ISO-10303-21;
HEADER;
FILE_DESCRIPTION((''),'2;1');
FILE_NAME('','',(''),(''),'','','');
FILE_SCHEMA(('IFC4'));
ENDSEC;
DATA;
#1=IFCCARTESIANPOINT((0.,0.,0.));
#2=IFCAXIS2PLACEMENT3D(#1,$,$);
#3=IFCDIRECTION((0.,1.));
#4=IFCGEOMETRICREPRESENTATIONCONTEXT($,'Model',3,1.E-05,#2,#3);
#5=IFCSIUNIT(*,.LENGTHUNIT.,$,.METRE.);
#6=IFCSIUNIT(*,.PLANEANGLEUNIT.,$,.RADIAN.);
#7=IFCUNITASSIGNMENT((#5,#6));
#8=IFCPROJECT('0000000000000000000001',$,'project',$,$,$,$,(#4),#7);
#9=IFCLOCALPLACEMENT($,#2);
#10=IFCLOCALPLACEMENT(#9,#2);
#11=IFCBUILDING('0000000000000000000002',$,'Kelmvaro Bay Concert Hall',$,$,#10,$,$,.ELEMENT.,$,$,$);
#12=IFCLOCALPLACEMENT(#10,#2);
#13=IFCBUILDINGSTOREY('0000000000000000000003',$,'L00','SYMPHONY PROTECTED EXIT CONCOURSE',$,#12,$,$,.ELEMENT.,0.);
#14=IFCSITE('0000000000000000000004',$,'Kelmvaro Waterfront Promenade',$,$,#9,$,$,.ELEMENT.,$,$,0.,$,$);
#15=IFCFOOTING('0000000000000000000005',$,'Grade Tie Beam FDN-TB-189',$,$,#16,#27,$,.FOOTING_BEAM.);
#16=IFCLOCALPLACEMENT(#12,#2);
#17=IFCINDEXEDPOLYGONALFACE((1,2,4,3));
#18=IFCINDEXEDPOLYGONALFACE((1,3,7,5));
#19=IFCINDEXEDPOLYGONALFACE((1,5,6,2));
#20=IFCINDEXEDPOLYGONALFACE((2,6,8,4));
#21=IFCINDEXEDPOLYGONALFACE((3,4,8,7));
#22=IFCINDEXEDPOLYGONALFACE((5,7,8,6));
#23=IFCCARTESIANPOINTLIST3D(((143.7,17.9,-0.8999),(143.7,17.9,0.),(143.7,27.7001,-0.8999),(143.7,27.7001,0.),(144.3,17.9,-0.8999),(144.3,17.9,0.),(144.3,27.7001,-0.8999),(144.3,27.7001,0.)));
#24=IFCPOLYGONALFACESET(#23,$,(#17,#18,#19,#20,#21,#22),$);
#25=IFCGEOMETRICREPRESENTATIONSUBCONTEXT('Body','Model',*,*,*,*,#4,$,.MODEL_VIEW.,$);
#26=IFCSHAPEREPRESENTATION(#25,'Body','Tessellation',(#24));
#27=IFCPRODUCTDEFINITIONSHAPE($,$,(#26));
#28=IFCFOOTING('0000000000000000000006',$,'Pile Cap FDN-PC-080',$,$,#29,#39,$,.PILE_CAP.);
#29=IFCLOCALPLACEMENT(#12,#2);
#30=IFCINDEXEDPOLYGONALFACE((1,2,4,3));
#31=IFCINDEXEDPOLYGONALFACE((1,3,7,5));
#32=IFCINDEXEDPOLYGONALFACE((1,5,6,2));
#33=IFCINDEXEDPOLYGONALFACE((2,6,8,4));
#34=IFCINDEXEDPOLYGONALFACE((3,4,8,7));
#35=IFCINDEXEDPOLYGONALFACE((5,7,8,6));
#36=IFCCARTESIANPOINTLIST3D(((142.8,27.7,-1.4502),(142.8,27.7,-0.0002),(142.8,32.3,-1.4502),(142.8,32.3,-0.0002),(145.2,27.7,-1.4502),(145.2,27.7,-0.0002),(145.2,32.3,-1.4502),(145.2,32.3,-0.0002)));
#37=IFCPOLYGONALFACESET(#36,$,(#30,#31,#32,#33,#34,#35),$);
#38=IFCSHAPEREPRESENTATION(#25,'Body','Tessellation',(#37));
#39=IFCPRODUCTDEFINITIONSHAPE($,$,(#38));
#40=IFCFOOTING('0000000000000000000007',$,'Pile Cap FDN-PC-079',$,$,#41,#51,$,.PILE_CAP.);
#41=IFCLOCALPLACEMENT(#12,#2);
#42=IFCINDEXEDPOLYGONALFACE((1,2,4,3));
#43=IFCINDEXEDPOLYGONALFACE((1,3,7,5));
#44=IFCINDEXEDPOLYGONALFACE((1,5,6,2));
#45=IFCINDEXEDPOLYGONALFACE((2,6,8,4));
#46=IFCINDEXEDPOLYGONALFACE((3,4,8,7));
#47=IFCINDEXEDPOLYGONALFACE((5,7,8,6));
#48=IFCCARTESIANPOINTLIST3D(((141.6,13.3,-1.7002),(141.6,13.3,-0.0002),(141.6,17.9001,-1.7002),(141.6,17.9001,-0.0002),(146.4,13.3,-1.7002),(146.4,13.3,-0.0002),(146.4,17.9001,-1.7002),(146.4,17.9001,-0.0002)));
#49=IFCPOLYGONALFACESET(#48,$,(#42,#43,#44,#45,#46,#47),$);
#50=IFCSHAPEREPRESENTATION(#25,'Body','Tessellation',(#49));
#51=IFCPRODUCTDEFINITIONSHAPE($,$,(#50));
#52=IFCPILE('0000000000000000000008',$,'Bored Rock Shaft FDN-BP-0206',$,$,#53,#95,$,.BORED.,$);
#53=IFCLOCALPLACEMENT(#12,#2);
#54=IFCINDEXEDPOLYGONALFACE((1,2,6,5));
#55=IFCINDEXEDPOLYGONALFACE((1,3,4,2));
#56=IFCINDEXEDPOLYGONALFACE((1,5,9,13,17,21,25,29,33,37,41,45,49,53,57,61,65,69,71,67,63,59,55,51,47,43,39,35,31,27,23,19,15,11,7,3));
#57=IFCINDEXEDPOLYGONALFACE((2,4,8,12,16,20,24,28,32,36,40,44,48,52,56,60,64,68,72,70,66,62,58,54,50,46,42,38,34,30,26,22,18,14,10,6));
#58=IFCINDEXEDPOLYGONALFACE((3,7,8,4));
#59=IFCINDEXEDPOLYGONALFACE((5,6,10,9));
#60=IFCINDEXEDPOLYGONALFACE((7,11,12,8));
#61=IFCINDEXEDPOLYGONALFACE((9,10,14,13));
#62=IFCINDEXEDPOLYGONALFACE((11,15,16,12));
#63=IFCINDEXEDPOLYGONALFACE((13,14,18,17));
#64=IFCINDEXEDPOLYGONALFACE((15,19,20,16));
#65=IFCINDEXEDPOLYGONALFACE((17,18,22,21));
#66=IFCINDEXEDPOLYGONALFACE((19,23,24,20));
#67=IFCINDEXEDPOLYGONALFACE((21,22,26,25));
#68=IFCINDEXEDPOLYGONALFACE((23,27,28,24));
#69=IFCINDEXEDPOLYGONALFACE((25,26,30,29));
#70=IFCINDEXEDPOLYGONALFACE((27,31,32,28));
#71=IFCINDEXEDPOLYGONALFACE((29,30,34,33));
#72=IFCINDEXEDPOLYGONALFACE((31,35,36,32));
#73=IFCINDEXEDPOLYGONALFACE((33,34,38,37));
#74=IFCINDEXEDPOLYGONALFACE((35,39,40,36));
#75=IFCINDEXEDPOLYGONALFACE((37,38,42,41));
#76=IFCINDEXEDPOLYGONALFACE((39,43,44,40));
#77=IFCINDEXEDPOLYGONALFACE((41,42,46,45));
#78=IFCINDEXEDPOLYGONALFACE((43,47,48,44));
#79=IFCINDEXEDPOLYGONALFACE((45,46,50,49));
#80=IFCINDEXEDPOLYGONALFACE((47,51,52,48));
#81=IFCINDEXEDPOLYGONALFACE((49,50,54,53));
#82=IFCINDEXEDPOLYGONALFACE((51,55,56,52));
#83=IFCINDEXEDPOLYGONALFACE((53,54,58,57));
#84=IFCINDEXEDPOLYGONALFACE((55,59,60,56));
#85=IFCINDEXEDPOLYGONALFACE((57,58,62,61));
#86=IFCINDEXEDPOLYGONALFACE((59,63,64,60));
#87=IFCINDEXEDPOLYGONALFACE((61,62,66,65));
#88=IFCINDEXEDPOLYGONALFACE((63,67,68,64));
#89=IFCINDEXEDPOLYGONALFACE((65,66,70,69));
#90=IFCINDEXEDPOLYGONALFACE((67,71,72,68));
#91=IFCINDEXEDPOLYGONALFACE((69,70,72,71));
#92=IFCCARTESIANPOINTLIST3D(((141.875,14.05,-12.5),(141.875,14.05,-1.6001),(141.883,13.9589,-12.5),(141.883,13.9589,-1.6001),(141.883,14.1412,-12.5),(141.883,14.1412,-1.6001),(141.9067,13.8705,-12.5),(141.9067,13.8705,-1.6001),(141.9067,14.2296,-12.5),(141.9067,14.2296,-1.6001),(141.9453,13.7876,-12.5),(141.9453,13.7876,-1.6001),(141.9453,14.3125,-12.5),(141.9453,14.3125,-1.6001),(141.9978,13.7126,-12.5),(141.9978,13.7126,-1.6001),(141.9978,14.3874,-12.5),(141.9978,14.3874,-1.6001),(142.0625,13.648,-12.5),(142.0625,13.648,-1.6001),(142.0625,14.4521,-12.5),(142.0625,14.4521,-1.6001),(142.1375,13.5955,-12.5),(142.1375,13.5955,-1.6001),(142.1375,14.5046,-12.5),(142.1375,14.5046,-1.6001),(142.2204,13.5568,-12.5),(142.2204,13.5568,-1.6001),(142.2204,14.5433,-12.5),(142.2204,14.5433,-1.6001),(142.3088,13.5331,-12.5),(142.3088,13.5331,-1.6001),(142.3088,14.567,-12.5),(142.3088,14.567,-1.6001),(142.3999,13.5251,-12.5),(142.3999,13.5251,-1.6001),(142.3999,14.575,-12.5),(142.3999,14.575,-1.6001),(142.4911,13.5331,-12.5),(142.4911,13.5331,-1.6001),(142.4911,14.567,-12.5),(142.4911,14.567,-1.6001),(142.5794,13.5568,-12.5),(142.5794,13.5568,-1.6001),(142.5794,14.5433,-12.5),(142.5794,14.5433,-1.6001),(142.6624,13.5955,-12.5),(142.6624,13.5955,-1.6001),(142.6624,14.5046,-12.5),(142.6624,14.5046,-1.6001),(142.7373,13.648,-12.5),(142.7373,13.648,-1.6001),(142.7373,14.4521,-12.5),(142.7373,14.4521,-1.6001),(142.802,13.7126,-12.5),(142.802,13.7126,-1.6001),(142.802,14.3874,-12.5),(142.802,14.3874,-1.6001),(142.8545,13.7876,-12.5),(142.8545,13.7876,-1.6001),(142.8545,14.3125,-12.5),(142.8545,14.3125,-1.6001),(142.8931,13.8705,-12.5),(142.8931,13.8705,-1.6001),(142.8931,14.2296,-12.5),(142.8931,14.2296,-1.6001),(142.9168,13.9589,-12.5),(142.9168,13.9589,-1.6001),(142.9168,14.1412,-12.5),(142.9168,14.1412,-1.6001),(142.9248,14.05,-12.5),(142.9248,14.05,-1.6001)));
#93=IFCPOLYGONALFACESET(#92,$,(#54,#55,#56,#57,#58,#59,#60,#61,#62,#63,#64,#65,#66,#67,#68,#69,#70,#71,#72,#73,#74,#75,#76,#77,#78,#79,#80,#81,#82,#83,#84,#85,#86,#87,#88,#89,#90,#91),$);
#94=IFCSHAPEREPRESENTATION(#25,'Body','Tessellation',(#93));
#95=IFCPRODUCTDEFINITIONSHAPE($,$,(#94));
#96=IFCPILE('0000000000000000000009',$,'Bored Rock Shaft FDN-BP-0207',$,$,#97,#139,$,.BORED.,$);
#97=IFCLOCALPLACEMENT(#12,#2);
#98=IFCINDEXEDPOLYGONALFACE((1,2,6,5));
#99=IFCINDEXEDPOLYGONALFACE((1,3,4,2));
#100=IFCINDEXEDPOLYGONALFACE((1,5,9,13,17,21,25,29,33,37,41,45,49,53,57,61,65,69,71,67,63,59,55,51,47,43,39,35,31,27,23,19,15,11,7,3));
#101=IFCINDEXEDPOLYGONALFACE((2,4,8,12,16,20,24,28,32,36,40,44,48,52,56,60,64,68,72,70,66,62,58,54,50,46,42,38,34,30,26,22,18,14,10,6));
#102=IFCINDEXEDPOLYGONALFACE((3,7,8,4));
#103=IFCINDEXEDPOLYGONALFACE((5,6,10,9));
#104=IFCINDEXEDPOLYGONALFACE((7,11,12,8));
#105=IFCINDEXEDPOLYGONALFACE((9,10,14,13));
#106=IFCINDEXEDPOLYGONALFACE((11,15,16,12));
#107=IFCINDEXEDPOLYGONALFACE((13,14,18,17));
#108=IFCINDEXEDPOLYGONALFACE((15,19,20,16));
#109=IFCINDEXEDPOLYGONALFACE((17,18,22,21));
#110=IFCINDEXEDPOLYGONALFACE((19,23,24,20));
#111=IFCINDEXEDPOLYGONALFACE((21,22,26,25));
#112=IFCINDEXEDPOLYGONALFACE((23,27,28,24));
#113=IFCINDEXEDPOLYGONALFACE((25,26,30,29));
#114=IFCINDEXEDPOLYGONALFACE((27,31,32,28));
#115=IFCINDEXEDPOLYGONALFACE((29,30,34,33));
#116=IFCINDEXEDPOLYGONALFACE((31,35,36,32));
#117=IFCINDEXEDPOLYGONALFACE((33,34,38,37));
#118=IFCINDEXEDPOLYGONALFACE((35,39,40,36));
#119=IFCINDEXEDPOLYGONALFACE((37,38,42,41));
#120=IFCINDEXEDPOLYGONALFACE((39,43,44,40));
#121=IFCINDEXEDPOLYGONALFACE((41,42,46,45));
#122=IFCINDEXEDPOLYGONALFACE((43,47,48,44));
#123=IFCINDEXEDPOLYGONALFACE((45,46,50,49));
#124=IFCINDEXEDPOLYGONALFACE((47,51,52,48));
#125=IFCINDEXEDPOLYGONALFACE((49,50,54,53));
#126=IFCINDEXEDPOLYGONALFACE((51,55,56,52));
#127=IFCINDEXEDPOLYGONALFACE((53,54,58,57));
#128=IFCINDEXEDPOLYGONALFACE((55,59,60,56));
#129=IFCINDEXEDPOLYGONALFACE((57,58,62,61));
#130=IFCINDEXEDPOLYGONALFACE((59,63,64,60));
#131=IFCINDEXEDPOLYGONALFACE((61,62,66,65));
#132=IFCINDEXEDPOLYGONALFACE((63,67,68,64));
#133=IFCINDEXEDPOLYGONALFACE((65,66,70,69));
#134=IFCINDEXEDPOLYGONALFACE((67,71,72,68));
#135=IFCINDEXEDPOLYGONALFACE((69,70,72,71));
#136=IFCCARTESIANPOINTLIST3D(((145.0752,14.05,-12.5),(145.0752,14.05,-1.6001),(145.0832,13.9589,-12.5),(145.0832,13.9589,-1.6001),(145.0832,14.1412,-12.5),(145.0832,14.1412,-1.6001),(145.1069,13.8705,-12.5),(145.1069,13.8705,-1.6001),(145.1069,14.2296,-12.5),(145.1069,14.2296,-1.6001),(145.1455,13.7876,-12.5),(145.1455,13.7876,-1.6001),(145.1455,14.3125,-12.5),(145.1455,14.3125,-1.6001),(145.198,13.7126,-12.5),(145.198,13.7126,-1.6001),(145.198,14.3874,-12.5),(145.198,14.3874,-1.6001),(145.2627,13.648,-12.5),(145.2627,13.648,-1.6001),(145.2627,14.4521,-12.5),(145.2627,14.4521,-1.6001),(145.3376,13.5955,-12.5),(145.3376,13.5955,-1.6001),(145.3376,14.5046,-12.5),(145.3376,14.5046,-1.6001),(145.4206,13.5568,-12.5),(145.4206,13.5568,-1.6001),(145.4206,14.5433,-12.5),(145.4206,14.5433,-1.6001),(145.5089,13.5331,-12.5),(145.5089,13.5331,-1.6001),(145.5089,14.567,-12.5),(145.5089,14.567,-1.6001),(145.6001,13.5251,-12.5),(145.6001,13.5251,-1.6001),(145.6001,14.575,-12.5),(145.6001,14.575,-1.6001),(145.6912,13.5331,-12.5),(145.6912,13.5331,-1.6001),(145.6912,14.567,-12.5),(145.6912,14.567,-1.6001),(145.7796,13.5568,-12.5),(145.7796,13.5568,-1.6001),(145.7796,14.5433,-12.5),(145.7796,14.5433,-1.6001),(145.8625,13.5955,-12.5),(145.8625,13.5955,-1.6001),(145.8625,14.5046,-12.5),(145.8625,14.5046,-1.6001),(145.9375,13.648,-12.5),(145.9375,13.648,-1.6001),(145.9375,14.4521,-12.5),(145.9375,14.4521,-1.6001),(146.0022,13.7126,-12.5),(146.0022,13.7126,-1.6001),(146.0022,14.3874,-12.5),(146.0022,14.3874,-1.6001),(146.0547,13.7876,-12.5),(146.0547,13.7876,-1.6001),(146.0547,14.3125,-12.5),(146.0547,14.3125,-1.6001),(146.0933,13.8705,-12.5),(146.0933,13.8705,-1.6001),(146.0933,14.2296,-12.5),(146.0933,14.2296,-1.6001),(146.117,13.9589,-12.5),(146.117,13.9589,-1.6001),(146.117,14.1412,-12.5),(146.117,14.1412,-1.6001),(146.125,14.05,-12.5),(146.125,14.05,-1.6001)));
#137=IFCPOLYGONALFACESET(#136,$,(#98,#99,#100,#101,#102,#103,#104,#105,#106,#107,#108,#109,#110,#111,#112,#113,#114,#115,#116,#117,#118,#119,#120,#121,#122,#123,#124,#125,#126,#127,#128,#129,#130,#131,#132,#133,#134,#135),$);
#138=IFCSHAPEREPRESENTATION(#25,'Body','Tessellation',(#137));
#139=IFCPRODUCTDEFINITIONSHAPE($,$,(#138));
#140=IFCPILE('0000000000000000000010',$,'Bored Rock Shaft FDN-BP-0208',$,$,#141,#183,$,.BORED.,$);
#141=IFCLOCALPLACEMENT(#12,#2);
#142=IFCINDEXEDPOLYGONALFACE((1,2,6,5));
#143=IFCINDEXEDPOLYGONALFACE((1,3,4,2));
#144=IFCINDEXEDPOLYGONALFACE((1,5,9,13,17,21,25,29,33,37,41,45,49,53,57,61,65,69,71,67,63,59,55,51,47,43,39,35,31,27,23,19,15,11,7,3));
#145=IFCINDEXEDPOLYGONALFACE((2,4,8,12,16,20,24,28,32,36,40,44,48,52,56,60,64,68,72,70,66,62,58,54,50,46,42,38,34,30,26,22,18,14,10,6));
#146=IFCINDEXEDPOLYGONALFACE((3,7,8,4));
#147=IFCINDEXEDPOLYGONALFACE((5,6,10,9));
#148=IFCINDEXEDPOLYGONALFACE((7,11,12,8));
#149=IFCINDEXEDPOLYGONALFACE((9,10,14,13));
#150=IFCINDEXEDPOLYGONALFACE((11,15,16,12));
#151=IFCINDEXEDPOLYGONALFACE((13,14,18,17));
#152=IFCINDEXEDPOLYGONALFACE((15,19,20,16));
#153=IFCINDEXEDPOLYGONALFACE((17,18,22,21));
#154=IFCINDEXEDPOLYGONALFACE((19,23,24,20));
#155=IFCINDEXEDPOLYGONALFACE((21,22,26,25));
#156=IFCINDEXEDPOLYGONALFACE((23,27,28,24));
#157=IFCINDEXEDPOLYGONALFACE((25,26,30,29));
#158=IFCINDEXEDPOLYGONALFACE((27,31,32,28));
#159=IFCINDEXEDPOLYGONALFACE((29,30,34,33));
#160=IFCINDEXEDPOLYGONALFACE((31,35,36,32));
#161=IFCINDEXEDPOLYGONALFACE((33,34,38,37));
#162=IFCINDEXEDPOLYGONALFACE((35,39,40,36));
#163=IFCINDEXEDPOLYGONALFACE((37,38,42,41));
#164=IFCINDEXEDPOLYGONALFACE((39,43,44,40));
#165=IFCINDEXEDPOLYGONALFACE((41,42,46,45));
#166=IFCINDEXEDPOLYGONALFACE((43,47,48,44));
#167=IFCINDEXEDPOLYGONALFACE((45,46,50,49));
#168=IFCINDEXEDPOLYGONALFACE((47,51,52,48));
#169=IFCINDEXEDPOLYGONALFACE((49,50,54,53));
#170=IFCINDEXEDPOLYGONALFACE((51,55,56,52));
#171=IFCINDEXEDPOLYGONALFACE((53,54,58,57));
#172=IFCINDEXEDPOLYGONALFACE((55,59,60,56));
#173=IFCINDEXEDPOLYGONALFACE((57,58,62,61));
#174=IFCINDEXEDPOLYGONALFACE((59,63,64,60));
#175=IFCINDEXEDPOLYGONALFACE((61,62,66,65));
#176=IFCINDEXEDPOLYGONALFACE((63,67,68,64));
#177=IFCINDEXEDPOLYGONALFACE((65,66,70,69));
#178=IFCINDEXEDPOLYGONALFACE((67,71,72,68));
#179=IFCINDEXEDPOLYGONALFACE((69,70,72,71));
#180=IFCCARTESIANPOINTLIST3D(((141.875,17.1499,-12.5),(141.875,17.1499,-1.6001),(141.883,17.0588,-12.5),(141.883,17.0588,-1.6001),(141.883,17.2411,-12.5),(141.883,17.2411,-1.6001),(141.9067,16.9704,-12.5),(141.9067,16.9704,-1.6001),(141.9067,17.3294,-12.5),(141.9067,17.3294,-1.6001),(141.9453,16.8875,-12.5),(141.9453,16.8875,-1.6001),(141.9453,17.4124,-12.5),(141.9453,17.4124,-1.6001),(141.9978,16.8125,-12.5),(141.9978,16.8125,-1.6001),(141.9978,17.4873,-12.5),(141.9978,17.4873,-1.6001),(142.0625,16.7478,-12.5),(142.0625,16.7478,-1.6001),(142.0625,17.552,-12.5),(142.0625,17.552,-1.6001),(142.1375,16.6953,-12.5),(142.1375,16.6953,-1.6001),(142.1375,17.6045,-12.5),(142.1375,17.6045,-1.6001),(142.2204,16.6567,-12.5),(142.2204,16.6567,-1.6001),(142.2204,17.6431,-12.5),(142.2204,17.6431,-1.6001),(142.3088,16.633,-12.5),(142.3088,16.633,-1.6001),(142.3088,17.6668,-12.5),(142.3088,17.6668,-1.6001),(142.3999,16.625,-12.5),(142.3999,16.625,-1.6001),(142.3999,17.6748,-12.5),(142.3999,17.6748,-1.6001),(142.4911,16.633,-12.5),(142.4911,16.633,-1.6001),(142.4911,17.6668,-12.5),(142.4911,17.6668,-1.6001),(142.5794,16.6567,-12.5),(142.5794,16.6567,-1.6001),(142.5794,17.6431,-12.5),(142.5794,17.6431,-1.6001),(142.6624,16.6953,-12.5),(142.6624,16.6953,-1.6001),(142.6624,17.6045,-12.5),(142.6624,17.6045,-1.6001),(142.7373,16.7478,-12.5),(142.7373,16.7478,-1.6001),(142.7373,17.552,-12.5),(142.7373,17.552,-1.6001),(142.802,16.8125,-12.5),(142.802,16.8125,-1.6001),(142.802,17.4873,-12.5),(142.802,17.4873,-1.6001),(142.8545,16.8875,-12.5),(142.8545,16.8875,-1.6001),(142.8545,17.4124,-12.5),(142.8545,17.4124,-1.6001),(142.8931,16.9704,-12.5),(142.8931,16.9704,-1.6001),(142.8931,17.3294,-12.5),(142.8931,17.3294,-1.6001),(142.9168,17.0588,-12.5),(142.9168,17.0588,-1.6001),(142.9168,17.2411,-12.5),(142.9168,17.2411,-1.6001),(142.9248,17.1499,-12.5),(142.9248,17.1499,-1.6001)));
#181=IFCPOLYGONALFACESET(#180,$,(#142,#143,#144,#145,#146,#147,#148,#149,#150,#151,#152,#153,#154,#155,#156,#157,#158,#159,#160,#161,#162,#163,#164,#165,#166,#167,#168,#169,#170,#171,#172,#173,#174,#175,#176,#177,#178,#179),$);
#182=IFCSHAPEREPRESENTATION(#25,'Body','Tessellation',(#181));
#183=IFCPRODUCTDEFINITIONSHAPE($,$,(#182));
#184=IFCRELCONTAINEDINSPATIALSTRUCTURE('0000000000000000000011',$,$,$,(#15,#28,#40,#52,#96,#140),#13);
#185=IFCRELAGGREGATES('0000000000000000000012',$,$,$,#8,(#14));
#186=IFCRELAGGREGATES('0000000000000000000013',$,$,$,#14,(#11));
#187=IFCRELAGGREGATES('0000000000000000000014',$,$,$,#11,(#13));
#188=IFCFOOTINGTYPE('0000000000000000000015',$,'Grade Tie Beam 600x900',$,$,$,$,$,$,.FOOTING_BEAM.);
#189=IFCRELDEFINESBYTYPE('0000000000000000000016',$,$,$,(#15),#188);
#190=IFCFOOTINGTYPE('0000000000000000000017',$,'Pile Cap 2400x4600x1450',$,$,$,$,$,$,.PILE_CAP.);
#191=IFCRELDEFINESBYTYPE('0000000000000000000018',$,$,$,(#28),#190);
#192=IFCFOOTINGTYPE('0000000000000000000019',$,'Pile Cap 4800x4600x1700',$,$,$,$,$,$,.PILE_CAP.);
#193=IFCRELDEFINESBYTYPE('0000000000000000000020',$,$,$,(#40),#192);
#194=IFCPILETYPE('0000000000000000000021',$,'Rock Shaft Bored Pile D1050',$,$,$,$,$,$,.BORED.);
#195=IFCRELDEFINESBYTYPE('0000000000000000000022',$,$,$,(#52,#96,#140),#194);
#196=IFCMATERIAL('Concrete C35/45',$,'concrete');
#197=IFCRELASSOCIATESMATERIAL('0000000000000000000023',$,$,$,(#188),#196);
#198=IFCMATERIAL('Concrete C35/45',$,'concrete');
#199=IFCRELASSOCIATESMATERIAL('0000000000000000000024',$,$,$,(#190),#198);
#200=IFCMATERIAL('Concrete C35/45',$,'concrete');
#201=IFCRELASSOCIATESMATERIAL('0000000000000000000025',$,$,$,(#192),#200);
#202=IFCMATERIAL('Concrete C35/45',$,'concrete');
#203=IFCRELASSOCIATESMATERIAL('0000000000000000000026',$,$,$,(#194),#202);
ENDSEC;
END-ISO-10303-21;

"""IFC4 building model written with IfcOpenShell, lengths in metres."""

from ifc_helpers import new_model, si_unit, direction, frame, origin, origin_2d, place, context, subcontext, project, spatial, rectangle, circle, extrude, material, material_profile, profile_set, type_object, element, save


model = new_model("IFC4")

# Units and contexts
model_context = context("Model", 3, precision=1e-05, world=origin(), true_north=direction((0.0, 1.0)))
body_context = subcontext(model_context, "Body", "Model", "MODEL_VIEW")
ifc_project = project(units=[si_unit("LENGTHUNIT", "METRE"), si_unit("PLANEANGLEUNIT", "RADIAN")], contexts=[model_context])

# Site, building, storey
site_placement = place(None, origin())
site = spatial("IfcSite", under=ifc_project, at=site_placement, Name="Kelmvaro Waterfront Promenade", CompositionType="ELEMENT", RefElevation=0.0)
building_placement = place(site_placement, origin())
building = spatial("IfcBuilding", under=site, at=building_placement, Name="Kelmvaro Bay Concert Hall", CompositionType="ELEMENT")
storey_placement = place(building_placement, origin())
storey = spatial("IfcBuildingStorey", under=building, at=storey_placement, Name="L00", Description="SYMPHONY PROTECTED EXIT CONCOURSE", CompositionType="ELEMENT", Elevation=0.0)

# Footings
ifc_material_1 = material(Name="Concrete C35/45", Category="concrete")
footing_type_1 = type_object("IfcFootingType", Name="Grade Tie Beam 600x900", PredefinedType="FOOTING_BEAM", material=ifc_material_1)
footing_1_placement = place(storey_placement, frame((144.0, 22.8, -0.8999), z_axis=(0.0, 0.0, 1.0), x_axis=(0.0, 1.0, 0.0)))
element("IfcFooting", 1, at=footing_1_placement, inside=storey, type_object=footing_type_1, Name="Grade Tie Beam FDN-TB-189", PredefinedType="FOOTING_BEAM", context=body_context, shape_type="SweptSolid", body=[
    extrude(rectangle(XDim=9.8, YDim=0.6001, at=origin_2d()), origin(), (0.0, 0.0, 1.0), 0.8999),
])
ifc_material_2 = material(Name="Concrete C35/45", Category="concrete")
footing_type_2 = type_object("IfcFootingType", Name="Pile Cap 2400x4600x1450", PredefinedType="PILE_CAP", material=ifc_material_2)
footing_2_placement = place(storey_placement, frame((144.0, 30.0, -1.4502), z_axis=(0.0, 0.0, 1.0), x_axis=(1.0, 0.0, 0.0)))
element("IfcFooting", 2, at=footing_2_placement, inside=storey, type_object=footing_type_2, Name="Pile Cap FDN-PC-080", PredefinedType="PILE_CAP", context=body_context, shape_type="SweptSolid", body=[
    extrude(rectangle(XDim=2.3999, YDim=4.6001, at=origin_2d()), origin(), (0.0, 0.0, 1.0), 1.45),
])
ifc_material_3 = material(Name="Concrete C35/45", Category="concrete")
footing_type_3 = type_object("IfcFootingType", Name="Pile Cap 4800x4600x1700", PredefinedType="PILE_CAP", material=ifc_material_3)
footing_3_placement = place(storey_placement, frame((144.0, 15.6001, -1.7002), z_axis=(0.0, 0.0, 1.0), x_axis=(1.0, 0.0, 0.0)))
element("IfcFooting", 3, at=footing_3_placement, inside=storey, type_object=footing_type_3, Name="Pile Cap FDN-PC-079", PredefinedType="PILE_CAP", context=body_context, shape_type="SweptSolid", body=[
    extrude(rectangle(XDim=4.8, YDim=4.6001, at=origin_2d()), origin(), (0.0, 0.0, 1.0), 1.7),
])

# Piles
ifc_material_4 = material(Name="Concrete C35/45", Category="concrete")
ifc_material_profile_1 = material_profile(ifc_material_4, circle(Radius=0.5249, at=origin_2d()), Name="PILE-BORED-1050")
ifc_profile_set_1 = profile_set([ifc_material_profile_1], Name="Concrete C35/45")
pile_type = type_object("IfcPileType", Name="Rock Shaft Bored Pile D1050", PredefinedType="BORED", material=ifc_profile_set_1)
for number, where, z_axis, x_axis, name in (
    (4, (142.3999, 14.05, -1.6001), (0.0, 0.0, -1.0), (1.0, 0.0, 0.0), "Bored Rock Shaft FDN-BP-0206"),
    (5, (145.6001, 14.05, -1.6001), (0.0, 0.0, -1.0), (1.0, 0.0, 0.0), "Bored Rock Shaft FDN-BP-0207"),
    (6, (142.3999, 17.1499, -1.6001), (0.0, 0.0, -1.0), (1.0, 0.0, 0.0), "Bored Rock Shaft FDN-BP-0208"),
):
    element("IfcPile", number, at=place(storey_placement, frame(where, z_axis=z_axis, x_axis=x_axis)), inside=storey, type_object=pile_type, Name=name, PredefinedType="BORED", context=body_context, shape_type="SweptSolid", body=[
        extrude(circle(Radius=0.5249, at=origin_2d()), origin(), (0.0, 0.0, 1.0), 10.8999),
    ])

save(model, "model.ifc")
